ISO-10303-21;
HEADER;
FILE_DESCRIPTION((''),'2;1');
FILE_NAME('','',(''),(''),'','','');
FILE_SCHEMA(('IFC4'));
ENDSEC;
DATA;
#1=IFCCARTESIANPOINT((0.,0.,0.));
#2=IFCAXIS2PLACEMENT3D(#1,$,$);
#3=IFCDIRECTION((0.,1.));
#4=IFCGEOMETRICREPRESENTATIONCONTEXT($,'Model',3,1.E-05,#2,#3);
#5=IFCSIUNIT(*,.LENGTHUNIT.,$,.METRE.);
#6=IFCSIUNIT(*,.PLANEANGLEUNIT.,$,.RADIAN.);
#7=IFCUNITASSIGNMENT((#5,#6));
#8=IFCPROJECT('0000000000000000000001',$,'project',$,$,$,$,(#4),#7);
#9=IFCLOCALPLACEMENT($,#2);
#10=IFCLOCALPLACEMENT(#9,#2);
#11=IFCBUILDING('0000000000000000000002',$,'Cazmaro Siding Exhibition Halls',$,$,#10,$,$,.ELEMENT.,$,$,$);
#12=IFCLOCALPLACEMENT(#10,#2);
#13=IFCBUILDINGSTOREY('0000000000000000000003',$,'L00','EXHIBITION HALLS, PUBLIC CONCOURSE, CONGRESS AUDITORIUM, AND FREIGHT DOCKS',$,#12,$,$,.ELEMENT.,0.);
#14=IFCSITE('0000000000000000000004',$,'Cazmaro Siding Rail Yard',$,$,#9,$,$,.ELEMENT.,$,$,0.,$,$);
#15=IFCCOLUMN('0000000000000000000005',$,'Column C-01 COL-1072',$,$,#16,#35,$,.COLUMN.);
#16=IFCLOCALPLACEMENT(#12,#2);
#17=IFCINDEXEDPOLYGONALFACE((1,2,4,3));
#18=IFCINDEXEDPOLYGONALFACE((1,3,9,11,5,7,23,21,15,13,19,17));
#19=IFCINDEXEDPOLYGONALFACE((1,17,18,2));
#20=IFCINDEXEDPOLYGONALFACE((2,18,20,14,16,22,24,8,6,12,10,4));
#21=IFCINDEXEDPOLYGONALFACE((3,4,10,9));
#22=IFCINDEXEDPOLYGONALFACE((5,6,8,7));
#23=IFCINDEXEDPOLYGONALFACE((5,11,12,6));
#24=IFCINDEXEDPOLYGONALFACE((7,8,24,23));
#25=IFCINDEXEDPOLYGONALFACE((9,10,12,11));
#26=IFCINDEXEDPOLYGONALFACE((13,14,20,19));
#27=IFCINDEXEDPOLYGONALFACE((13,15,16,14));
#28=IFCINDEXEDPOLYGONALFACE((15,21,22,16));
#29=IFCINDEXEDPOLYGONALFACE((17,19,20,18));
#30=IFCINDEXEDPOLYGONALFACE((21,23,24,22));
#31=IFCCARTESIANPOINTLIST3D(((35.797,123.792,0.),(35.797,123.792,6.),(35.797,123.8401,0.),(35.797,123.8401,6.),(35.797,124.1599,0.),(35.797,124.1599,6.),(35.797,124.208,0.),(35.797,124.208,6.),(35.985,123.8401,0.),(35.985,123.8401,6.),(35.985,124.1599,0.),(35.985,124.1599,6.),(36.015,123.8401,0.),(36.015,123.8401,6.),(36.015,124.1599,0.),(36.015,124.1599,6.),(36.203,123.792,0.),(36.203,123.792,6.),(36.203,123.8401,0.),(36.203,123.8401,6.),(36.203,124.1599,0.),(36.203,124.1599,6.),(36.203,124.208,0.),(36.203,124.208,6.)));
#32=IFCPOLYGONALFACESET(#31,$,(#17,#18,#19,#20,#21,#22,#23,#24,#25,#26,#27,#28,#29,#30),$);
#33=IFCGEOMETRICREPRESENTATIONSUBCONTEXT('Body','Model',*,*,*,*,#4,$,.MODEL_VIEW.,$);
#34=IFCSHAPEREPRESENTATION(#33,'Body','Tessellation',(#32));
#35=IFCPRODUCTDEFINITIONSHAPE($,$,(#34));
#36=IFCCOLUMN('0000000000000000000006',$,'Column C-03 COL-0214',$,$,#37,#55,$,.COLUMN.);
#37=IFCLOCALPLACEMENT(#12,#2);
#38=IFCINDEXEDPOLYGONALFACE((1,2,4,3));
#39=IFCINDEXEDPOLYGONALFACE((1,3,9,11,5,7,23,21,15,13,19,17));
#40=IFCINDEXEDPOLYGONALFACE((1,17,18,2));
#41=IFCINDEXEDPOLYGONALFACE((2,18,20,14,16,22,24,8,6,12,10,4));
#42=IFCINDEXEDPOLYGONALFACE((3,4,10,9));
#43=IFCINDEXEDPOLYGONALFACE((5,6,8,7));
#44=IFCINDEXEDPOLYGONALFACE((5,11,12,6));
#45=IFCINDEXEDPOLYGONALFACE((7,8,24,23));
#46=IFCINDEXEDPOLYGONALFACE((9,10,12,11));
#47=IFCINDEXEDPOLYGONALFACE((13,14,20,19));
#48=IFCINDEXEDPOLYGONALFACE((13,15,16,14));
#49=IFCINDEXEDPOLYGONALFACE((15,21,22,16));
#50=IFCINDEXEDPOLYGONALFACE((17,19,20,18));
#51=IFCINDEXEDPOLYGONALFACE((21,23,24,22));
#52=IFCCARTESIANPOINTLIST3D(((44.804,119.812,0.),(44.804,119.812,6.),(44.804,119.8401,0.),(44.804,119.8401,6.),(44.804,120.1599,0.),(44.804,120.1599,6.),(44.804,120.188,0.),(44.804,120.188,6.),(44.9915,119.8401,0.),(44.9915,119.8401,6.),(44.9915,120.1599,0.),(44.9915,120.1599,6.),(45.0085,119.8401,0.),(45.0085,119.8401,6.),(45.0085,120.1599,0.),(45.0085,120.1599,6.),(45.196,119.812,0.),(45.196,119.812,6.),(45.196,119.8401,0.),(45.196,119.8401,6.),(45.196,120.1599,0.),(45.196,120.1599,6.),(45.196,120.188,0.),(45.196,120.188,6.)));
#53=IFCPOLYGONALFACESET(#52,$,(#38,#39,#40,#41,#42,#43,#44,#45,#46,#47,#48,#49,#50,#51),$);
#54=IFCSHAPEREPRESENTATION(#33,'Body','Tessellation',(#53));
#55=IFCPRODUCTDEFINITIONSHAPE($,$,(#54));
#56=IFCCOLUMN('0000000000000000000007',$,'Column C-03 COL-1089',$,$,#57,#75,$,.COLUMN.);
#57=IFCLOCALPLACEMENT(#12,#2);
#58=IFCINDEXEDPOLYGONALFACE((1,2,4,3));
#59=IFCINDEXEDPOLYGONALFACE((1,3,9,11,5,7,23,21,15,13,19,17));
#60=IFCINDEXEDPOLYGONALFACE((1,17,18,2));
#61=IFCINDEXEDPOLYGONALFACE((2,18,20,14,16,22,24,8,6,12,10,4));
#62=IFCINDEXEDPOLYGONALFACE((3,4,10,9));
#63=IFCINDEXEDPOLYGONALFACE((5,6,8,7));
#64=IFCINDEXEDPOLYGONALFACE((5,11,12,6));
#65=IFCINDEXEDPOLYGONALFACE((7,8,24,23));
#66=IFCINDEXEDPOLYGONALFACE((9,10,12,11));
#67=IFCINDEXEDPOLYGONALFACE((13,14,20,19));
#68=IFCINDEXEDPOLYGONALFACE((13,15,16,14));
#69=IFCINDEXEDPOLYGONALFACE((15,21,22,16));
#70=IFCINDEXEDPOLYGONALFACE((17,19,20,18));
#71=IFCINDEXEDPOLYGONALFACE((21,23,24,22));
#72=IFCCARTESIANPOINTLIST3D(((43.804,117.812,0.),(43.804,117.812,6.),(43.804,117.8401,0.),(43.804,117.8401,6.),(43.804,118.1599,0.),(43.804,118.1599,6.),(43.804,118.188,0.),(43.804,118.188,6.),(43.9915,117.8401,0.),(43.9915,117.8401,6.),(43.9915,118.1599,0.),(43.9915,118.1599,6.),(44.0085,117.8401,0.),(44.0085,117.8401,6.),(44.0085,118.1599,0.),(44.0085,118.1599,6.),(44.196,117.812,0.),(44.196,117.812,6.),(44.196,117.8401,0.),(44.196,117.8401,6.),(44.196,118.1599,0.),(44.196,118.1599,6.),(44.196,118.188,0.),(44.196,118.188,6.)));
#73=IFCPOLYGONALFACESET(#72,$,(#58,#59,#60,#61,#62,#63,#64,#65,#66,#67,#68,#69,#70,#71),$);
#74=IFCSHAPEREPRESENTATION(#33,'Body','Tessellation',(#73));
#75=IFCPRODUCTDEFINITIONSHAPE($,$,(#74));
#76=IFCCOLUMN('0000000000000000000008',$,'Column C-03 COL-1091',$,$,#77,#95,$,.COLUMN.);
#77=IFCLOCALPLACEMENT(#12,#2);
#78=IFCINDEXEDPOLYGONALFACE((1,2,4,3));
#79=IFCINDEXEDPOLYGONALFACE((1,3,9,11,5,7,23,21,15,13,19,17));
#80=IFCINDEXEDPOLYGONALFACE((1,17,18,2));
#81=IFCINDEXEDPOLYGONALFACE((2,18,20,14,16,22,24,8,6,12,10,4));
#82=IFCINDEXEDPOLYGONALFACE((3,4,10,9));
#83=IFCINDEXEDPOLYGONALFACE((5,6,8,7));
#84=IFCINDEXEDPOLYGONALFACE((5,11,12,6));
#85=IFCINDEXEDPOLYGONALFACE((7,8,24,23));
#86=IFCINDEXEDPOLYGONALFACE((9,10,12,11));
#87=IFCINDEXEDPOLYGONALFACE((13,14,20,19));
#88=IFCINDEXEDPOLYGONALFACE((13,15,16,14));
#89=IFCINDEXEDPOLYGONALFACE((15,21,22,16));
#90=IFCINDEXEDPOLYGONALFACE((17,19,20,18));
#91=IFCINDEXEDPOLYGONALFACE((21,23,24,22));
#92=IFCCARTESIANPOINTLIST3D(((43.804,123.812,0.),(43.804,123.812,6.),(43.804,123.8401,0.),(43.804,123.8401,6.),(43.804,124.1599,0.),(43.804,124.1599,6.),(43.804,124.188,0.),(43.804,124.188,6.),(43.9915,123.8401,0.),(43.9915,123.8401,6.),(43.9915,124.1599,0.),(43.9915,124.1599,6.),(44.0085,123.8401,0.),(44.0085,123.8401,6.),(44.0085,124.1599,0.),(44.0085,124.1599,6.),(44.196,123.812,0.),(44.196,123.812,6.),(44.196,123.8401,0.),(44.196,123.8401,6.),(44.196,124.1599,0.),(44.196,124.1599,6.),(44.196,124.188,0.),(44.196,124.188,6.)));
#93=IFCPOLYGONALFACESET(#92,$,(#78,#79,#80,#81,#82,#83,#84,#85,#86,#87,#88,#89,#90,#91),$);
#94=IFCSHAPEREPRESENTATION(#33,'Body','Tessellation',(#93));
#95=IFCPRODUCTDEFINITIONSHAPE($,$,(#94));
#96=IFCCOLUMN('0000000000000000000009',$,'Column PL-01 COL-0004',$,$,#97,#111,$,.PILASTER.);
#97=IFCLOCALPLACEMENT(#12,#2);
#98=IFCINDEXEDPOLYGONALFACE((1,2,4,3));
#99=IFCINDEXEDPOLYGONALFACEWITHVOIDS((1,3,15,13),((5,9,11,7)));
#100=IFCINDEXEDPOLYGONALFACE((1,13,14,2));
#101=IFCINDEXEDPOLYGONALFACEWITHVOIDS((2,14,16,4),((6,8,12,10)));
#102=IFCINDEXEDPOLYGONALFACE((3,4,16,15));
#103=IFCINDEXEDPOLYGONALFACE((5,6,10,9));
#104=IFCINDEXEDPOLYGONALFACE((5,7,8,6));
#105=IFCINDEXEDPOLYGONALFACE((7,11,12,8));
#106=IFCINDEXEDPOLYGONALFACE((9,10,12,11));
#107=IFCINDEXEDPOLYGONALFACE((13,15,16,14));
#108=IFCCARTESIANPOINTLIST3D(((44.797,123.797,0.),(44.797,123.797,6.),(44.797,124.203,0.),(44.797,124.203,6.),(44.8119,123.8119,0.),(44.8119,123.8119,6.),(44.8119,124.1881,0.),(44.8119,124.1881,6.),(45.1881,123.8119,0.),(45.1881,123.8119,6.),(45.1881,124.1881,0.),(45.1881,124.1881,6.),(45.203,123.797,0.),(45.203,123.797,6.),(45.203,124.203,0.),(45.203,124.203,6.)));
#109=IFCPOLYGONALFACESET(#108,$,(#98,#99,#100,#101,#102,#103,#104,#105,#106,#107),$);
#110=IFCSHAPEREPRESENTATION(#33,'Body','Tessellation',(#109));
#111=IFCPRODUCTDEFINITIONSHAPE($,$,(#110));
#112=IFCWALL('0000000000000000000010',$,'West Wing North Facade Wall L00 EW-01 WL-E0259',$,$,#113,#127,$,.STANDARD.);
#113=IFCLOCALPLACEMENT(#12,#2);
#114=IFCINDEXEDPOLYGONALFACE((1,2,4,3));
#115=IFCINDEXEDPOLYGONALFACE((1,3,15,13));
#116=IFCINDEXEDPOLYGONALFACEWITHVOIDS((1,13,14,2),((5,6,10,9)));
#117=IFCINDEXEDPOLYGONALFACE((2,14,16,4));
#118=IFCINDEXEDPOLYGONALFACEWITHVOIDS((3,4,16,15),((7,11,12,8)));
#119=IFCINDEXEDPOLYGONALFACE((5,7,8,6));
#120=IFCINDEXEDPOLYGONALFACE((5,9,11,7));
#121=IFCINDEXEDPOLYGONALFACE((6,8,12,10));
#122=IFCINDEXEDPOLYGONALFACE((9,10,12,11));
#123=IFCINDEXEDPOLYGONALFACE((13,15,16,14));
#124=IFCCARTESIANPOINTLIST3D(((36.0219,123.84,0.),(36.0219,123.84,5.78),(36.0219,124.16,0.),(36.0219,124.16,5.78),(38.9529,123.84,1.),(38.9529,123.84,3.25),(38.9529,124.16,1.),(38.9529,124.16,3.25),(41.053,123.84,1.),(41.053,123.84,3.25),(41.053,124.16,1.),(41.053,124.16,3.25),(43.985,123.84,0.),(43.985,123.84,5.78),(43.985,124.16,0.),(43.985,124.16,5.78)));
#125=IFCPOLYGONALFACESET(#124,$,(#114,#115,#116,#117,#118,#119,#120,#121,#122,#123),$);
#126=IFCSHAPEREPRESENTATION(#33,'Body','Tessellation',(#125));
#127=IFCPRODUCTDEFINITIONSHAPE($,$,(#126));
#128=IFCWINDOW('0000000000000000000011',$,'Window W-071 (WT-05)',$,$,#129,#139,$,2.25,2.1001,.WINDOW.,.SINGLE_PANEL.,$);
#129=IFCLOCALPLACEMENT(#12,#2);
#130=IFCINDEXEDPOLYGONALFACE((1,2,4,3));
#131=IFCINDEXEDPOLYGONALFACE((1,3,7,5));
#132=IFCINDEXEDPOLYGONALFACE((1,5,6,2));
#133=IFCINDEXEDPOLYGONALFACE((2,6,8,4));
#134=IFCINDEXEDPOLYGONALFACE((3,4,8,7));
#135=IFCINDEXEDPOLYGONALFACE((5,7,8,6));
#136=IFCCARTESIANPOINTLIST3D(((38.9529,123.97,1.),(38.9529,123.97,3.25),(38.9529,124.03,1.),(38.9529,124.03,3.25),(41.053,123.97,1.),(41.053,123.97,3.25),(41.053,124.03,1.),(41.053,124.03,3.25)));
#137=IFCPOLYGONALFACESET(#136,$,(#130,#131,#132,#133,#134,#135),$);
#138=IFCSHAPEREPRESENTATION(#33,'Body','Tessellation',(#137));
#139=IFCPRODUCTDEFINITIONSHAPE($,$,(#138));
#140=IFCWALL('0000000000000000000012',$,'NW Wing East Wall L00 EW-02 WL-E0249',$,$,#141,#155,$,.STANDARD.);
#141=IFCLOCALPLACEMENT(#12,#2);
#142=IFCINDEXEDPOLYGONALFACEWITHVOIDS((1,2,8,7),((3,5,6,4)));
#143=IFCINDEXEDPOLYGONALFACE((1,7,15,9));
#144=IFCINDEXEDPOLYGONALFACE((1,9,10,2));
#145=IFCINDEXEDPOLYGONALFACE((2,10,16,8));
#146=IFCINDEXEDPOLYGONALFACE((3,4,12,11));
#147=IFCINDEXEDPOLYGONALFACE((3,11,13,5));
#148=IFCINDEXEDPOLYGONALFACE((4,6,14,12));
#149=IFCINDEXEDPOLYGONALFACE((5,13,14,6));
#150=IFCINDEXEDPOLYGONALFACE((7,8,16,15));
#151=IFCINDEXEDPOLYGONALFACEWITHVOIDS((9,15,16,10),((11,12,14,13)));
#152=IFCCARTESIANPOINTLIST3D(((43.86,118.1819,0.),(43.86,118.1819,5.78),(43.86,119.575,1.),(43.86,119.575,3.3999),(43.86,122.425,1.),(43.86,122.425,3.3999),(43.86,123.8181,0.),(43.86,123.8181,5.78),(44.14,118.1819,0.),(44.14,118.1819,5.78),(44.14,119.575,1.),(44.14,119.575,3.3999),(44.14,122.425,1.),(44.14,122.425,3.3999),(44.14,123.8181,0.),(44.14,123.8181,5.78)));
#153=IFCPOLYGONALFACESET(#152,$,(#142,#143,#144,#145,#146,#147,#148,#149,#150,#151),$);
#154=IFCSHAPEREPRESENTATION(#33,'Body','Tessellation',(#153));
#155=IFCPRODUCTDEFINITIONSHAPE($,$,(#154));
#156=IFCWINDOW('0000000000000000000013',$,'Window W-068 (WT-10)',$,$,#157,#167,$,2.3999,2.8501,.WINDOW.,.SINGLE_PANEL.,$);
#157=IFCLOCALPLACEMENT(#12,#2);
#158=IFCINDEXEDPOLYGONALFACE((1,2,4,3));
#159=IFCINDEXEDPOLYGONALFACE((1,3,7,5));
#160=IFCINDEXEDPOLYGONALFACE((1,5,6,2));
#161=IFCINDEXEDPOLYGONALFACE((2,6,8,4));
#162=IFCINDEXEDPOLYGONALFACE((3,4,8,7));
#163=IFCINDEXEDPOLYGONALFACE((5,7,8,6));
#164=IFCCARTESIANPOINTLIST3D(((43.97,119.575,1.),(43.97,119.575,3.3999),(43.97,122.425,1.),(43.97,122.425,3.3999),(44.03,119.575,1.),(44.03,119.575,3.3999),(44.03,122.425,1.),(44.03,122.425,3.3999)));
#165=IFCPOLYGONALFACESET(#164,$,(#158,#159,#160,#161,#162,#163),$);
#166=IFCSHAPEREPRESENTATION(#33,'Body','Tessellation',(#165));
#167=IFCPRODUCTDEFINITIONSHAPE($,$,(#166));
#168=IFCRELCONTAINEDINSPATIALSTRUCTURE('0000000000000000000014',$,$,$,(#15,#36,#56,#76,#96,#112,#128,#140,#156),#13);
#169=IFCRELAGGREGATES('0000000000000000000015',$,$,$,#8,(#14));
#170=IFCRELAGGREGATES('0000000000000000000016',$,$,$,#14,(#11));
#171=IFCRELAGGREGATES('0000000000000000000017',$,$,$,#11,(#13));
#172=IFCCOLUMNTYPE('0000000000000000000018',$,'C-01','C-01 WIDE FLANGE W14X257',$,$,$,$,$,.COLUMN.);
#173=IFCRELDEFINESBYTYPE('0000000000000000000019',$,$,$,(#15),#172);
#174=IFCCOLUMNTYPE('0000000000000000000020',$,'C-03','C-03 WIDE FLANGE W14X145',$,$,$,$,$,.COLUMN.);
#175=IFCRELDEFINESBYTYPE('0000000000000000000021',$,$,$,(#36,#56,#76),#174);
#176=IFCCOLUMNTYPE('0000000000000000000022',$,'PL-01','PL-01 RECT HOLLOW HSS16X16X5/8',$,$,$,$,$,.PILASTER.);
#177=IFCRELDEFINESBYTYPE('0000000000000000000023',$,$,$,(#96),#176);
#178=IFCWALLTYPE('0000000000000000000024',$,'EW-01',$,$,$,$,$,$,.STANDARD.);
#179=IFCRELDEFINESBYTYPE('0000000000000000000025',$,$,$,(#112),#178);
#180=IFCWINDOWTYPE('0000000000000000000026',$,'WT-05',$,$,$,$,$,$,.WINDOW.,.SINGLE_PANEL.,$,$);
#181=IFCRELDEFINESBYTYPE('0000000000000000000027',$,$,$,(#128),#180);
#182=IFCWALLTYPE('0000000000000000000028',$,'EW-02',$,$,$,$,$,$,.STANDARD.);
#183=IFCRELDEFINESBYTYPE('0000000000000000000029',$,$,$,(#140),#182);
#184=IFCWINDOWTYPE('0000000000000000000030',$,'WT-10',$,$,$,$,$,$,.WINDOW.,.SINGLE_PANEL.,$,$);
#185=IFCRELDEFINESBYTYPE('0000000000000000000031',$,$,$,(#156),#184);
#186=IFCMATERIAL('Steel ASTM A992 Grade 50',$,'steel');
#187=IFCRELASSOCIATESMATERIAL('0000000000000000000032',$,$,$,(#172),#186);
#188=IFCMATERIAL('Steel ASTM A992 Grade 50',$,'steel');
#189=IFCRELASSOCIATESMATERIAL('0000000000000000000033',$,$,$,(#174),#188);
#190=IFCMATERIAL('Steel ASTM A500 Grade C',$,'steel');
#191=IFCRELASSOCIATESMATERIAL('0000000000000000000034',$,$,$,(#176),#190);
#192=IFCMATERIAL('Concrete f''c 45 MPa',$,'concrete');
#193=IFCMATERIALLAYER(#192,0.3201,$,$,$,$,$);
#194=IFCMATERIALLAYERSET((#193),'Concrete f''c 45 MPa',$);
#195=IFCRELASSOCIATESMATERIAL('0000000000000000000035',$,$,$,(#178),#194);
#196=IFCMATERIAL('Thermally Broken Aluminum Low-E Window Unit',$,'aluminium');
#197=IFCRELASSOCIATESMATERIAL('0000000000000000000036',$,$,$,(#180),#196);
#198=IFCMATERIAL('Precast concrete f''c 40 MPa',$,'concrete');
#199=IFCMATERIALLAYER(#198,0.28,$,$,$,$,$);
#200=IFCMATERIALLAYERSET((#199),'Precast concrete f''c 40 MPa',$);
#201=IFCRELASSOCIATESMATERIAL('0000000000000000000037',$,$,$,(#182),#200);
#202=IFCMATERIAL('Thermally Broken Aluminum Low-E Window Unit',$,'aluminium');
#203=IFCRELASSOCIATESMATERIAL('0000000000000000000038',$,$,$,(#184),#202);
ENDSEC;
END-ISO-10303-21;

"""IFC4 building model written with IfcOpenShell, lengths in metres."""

from ifc_helpers import new_model, si_unit, direction, frame, frame_2d, origin, origin_2d, place, context, subcontext, project, spatial, rectangle, hollow_rectangle, i_section, extrude, material, layer, layer_set, material_profile, profile_set, type_object, element, fill, save


model = new_model("IFC4")

# Units and contexts
model_context = context("Model", 3, precision=1e-05, world=origin(), true_north=direction((0.0, 1.0)))
body_context = subcontext(model_context, "Body", "Model", "MODEL_VIEW")
ifc_project = project(units=[si_unit("LENGTHUNIT", "METRE"), si_unit("PLANEANGLEUNIT", "RADIAN")], contexts=[model_context])

# Site, building, storey
site_placement = place(None, origin())
site = spatial("IfcSite", under=ifc_project, at=site_placement, Name="Cazmaro Siding Rail Yard", CompositionType="ELEMENT", RefElevation=0.0)
building_placement = place(site_placement, origin())
building = spatial("IfcBuilding", under=site, at=building_placement, Name="Cazmaro Siding Exhibition Halls", CompositionType="ELEMENT")
storey_placement = place(building_placement, origin())
storey = spatial("IfcBuildingStorey", under=building, at=storey_placement, Name="L00", Description="EXHIBITION HALLS, PUBLIC CONCOURSE, CONGRESS AUDITORIUM, AND FREIGHT DOCKS", CompositionType="ELEMENT", Elevation=0.0)

# Columns
ifc_material_1 = material(Name="Steel ASTM A992 Grade 50", Category="steel")
ifc_material_profile_1 = material_profile(ifc_material_1, i_section(OverallWidth=0.406, OverallDepth=0.416, WebThickness=0.03, FlangeThickness=0.0481, at=origin_2d()), Name="W14X257")
ifc_profile_set_1 = profile_set([ifc_material_profile_1], Name="Steel ASTM A992 Grade 50")
column_type_1 = type_object("IfcColumnType", Name="C-01", Description="C-01 WIDE FLANGE W14X257", PredefinedType="COLUMN", material=ifc_profile_set_1)
for number, where, z_axis, x_axis, name in (
    (1, (36.0, 124.0, 0.0), (0.0, 0.0, 1.0), (1.0, 0.0, 0.0), "Column C-01 COL-1072"),
):
    element("IfcColumn", number, at=place(storey_placement, frame(where, z_axis=z_axis, x_axis=x_axis)), inside=storey, type_object=column_type_1, Name=name, PredefinedType="COLUMN", context=body_context, shape_type="SweptSolid", body=[
        extrude(i_section(OverallWidth=0.406, OverallDepth=0.416, WebThickness=0.03, FlangeThickness=0.0481, at=origin_2d()), origin(), (0.0, 0.0, 1.0), 6.0),
    ])
ifc_material_2 = material(Name="Steel ASTM A992 Grade 50", Category="steel")
ifc_material_profile_2 = material_profile(ifc_material_2, i_section(OverallWidth=0.3921, OverallDepth=0.376, WebThickness=0.0171, FlangeThickness=0.0281, at=origin_2d()), Name="W14X145")
ifc_profile_set_2 = profile_set([ifc_material_profile_2], Name="Steel ASTM A992 Grade 50")
column_type_2 = type_object("IfcColumnType", Name="C-03", Description="C-03 WIDE FLANGE W14X145", PredefinedType="COLUMN", material=ifc_profile_set_2)
for number, where, z_axis, x_axis, name in (
    (2, (45.0, 120.0, 0.0), (0.0, 0.0, 1.0), (1.0, 0.0, 0.0), "Column C-03 COL-0214"),
    (3, (44.0, 118.0, 0.0), (0.0, 0.0, 1.0), (1.0, 0.0, 0.0), "Column C-03 COL-1089"),
    (4, (44.0, 124.0, 0.0), (0.0, 0.0, 1.0), (1.0, 0.0, 0.0), "Column C-03 COL-1091"),
):
    element("IfcColumn", number, at=place(storey_placement, frame(where, z_axis=z_axis, x_axis=x_axis)), inside=storey, type_object=column_type_2, Name=name, PredefinedType="COLUMN", context=body_context, shape_type="SweptSolid", body=[
        extrude(i_section(OverallWidth=0.3921, OverallDepth=0.376, WebThickness=0.0171, FlangeThickness=0.0281, at=origin_2d()), origin(), (0.0, 0.0, 1.0), 6.0),
    ])
ifc_material_3 = material(Name="Steel ASTM A500 Grade C", Category="steel")
ifc_material_profile_3 = material_profile(ifc_material_3, hollow_rectangle(XDim=0.406, YDim=0.406, WallThickness=0.0149, at=origin_2d()), Name="HSS16X16X5/8")
ifc_profile_set_3 = profile_set([ifc_material_profile_3], Name="Steel ASTM A500 Grade C")
column_type_3 = type_object("IfcColumnType", Name="PL-01", Description="PL-01 RECT HOLLOW HSS16X16X5/8", PredefinedType="PILASTER", material=ifc_profile_set_3)
column_placement = place(storey_placement, frame((45.0, 124.0, 0.0), z_axis=(0.0, 0.0, 1.0), x_axis=(1.0, 0.0, 0.0)))
element("IfcColumn", 5, at=column_placement, inside=storey, type_object=column_type_3, Name="Column PL-01 COL-0004", PredefinedType="PILASTER", context=body_context, shape_type="SweptSolid", body=[
    extrude(hollow_rectangle(XDim=0.406, YDim=0.406, WallThickness=0.0149, at=origin_2d()), origin(), (0.0, 0.0, 1.0), 6.0),
])

# Walls, openings, windows
ifc_material_4 = material(Name="Concrete f'c 45 MPa", Category="concrete")
ifc_layer_1 = layer(ifc_material_4, 0.3201)
ifc_layer_set_1 = layer_set([ifc_layer_1], Name="Concrete f'c 45 MPa")
wall_type_1 = type_object("IfcWallType", Name="EW-01", PredefinedType="STANDARD", material=ifc_layer_set_1)
wall_1_placement = place(storey_placement, frame((36.022, 124.0, 0.0), z_axis=(0.0, 0.0, 1.0), x_axis=(1.0, 0.0, 0.0)))
wall_1 = element("IfcWall", 6, at=wall_1_placement, inside=storey, type_object=wall_type_1, Name="West Wing North Facade Wall L00 EW-01 WL-E0259", PredefinedType="STANDARD", context=body_context, shape_type="SweptSolid", body=[
    extrude(rectangle(XDim=7.9631, YDim=0.3201, at=frame_2d((3.9814, 0.0))), origin(), (0.0, 0.0, 1.0), 5.78),
])
opening_1_placement = place(wall_1_placement, frame((2.9309, 0.0, 1.0)))
opening_1 = element("IfcOpeningElement", 7, at=opening_1_placement, cuts=wall_1, PredefinedType="OPENING", context=body_context, shape_type="SweptSolid", body=[
    extrude(rectangle(XDim=2.1001, YDim=2.25, at=frame_2d((1.05, 1.125))), frame((0.0, 0.1699, 0.0), z_axis=(0.0, -1.0, 0.0), x_axis=(1.0, 0.0, 0.0)), (0.0, 0.0, 1.0), 0.3401),
])
ifc_material_5 = material(Name="Thermally Broken Aluminum Low-E Window Unit", Category="aluminium")
window_type_1 = type_object("IfcWindowType", Name="WT-05", PartitioningType="SINGLE_PANEL", PredefinedType="WINDOW", material=ifc_material_5)
window_1_placement = place(opening_1_placement, origin())
window_1 = element("IfcWindow", 8, at=window_1_placement, inside=storey, type_object=window_type_1, Name="Window W-071 (WT-05)", OverallHeight=2.25, OverallWidth=2.1001, PartitioningType="SINGLE_PANEL", PredefinedType="WINDOW", context=body_context, shape_type="SweptSolid", body=[
    extrude(rectangle(XDim=2.1001, YDim=2.25, at=frame_2d((1.05, 1.125))), frame((0.0, 0.03, 0.0), z_axis=(0.0, -1.0, 0.0), x_axis=(1.0, 0.0, 0.0)), (0.0, 0.0, 1.0), 0.0601),
])
fill(opening_1, window_1)
ifc_material_6 = material(Name="Precast concrete f'c 40 MPa", Category="concrete")
ifc_layer_2 = layer(ifc_material_6, 0.28)
ifc_layer_set_2 = layer_set([ifc_layer_2], Name="Precast concrete f'c 40 MPa")
wall_type_2 = type_object("IfcWallType", Name="EW-02", PredefinedType="STANDARD", material=ifc_layer_set_2)
wall_2_placement = place(storey_placement, frame((44.0, 123.8181, 0.0), z_axis=(0.0, 0.0, 1.0), x_axis=(0.0, -1.0, 0.0)))
wall_2 = element("IfcWall", 9, at=wall_2_placement, inside=storey, type_object=wall_type_2, Name="NW Wing East Wall L00 EW-02 WL-E0249", PredefinedType="STANDARD", context=body_context, shape_type="SweptSolid", body=[
    extrude(rectangle(XDim=5.6362, YDim=0.28, at=frame_2d((2.8181, 0.0))), origin(), (0.0, 0.0, 1.0), 5.78),
])
opening_2_placement = place(wall_2_placement, frame((1.3931, 0.0, 1.0)))
opening_2 = element("IfcOpeningElement", 10, at=opening_2_placement, cuts=wall_2, PredefinedType="OPENING", context=body_context, shape_type="SweptSolid", body=[
    extrude(rectangle(XDim=2.8501, YDim=2.3999, at=frame_2d((1.425, 1.2))), frame((0.0, 0.1499, 0.0), z_axis=(0.0, -1.0, 0.0), x_axis=(1.0, 0.0, 0.0)), (0.0, 0.0, 1.0), 0.3),
])
ifc_material_7 = material(Name="Thermally Broken Aluminum Low-E Window Unit", Category="aluminium")
window_type_2 = type_object("IfcWindowType", Name="WT-10", PartitioningType="SINGLE_PANEL", PredefinedType="WINDOW", material=ifc_material_7)
window_2_placement = place(opening_2_placement, origin())
window_2 = element("IfcWindow", 11, at=window_2_placement, inside=storey, type_object=window_type_2, Name="Window W-068 (WT-10)", OverallHeight=2.3999, OverallWidth=2.8501, PartitioningType="SINGLE_PANEL", PredefinedType="WINDOW", context=body_context, shape_type="SweptSolid", body=[
    extrude(rectangle(XDim=2.8501, YDim=2.3999, at=frame_2d((1.425, 1.2))), frame((0.0, 0.03, 0.0), z_axis=(0.0, -1.0, 0.0), x_axis=(1.0, 0.0, 0.0)), (0.0, 0.0, 1.0), 0.0601),
])
fill(opening_2, window_2)

save(model, "model.ifc")
